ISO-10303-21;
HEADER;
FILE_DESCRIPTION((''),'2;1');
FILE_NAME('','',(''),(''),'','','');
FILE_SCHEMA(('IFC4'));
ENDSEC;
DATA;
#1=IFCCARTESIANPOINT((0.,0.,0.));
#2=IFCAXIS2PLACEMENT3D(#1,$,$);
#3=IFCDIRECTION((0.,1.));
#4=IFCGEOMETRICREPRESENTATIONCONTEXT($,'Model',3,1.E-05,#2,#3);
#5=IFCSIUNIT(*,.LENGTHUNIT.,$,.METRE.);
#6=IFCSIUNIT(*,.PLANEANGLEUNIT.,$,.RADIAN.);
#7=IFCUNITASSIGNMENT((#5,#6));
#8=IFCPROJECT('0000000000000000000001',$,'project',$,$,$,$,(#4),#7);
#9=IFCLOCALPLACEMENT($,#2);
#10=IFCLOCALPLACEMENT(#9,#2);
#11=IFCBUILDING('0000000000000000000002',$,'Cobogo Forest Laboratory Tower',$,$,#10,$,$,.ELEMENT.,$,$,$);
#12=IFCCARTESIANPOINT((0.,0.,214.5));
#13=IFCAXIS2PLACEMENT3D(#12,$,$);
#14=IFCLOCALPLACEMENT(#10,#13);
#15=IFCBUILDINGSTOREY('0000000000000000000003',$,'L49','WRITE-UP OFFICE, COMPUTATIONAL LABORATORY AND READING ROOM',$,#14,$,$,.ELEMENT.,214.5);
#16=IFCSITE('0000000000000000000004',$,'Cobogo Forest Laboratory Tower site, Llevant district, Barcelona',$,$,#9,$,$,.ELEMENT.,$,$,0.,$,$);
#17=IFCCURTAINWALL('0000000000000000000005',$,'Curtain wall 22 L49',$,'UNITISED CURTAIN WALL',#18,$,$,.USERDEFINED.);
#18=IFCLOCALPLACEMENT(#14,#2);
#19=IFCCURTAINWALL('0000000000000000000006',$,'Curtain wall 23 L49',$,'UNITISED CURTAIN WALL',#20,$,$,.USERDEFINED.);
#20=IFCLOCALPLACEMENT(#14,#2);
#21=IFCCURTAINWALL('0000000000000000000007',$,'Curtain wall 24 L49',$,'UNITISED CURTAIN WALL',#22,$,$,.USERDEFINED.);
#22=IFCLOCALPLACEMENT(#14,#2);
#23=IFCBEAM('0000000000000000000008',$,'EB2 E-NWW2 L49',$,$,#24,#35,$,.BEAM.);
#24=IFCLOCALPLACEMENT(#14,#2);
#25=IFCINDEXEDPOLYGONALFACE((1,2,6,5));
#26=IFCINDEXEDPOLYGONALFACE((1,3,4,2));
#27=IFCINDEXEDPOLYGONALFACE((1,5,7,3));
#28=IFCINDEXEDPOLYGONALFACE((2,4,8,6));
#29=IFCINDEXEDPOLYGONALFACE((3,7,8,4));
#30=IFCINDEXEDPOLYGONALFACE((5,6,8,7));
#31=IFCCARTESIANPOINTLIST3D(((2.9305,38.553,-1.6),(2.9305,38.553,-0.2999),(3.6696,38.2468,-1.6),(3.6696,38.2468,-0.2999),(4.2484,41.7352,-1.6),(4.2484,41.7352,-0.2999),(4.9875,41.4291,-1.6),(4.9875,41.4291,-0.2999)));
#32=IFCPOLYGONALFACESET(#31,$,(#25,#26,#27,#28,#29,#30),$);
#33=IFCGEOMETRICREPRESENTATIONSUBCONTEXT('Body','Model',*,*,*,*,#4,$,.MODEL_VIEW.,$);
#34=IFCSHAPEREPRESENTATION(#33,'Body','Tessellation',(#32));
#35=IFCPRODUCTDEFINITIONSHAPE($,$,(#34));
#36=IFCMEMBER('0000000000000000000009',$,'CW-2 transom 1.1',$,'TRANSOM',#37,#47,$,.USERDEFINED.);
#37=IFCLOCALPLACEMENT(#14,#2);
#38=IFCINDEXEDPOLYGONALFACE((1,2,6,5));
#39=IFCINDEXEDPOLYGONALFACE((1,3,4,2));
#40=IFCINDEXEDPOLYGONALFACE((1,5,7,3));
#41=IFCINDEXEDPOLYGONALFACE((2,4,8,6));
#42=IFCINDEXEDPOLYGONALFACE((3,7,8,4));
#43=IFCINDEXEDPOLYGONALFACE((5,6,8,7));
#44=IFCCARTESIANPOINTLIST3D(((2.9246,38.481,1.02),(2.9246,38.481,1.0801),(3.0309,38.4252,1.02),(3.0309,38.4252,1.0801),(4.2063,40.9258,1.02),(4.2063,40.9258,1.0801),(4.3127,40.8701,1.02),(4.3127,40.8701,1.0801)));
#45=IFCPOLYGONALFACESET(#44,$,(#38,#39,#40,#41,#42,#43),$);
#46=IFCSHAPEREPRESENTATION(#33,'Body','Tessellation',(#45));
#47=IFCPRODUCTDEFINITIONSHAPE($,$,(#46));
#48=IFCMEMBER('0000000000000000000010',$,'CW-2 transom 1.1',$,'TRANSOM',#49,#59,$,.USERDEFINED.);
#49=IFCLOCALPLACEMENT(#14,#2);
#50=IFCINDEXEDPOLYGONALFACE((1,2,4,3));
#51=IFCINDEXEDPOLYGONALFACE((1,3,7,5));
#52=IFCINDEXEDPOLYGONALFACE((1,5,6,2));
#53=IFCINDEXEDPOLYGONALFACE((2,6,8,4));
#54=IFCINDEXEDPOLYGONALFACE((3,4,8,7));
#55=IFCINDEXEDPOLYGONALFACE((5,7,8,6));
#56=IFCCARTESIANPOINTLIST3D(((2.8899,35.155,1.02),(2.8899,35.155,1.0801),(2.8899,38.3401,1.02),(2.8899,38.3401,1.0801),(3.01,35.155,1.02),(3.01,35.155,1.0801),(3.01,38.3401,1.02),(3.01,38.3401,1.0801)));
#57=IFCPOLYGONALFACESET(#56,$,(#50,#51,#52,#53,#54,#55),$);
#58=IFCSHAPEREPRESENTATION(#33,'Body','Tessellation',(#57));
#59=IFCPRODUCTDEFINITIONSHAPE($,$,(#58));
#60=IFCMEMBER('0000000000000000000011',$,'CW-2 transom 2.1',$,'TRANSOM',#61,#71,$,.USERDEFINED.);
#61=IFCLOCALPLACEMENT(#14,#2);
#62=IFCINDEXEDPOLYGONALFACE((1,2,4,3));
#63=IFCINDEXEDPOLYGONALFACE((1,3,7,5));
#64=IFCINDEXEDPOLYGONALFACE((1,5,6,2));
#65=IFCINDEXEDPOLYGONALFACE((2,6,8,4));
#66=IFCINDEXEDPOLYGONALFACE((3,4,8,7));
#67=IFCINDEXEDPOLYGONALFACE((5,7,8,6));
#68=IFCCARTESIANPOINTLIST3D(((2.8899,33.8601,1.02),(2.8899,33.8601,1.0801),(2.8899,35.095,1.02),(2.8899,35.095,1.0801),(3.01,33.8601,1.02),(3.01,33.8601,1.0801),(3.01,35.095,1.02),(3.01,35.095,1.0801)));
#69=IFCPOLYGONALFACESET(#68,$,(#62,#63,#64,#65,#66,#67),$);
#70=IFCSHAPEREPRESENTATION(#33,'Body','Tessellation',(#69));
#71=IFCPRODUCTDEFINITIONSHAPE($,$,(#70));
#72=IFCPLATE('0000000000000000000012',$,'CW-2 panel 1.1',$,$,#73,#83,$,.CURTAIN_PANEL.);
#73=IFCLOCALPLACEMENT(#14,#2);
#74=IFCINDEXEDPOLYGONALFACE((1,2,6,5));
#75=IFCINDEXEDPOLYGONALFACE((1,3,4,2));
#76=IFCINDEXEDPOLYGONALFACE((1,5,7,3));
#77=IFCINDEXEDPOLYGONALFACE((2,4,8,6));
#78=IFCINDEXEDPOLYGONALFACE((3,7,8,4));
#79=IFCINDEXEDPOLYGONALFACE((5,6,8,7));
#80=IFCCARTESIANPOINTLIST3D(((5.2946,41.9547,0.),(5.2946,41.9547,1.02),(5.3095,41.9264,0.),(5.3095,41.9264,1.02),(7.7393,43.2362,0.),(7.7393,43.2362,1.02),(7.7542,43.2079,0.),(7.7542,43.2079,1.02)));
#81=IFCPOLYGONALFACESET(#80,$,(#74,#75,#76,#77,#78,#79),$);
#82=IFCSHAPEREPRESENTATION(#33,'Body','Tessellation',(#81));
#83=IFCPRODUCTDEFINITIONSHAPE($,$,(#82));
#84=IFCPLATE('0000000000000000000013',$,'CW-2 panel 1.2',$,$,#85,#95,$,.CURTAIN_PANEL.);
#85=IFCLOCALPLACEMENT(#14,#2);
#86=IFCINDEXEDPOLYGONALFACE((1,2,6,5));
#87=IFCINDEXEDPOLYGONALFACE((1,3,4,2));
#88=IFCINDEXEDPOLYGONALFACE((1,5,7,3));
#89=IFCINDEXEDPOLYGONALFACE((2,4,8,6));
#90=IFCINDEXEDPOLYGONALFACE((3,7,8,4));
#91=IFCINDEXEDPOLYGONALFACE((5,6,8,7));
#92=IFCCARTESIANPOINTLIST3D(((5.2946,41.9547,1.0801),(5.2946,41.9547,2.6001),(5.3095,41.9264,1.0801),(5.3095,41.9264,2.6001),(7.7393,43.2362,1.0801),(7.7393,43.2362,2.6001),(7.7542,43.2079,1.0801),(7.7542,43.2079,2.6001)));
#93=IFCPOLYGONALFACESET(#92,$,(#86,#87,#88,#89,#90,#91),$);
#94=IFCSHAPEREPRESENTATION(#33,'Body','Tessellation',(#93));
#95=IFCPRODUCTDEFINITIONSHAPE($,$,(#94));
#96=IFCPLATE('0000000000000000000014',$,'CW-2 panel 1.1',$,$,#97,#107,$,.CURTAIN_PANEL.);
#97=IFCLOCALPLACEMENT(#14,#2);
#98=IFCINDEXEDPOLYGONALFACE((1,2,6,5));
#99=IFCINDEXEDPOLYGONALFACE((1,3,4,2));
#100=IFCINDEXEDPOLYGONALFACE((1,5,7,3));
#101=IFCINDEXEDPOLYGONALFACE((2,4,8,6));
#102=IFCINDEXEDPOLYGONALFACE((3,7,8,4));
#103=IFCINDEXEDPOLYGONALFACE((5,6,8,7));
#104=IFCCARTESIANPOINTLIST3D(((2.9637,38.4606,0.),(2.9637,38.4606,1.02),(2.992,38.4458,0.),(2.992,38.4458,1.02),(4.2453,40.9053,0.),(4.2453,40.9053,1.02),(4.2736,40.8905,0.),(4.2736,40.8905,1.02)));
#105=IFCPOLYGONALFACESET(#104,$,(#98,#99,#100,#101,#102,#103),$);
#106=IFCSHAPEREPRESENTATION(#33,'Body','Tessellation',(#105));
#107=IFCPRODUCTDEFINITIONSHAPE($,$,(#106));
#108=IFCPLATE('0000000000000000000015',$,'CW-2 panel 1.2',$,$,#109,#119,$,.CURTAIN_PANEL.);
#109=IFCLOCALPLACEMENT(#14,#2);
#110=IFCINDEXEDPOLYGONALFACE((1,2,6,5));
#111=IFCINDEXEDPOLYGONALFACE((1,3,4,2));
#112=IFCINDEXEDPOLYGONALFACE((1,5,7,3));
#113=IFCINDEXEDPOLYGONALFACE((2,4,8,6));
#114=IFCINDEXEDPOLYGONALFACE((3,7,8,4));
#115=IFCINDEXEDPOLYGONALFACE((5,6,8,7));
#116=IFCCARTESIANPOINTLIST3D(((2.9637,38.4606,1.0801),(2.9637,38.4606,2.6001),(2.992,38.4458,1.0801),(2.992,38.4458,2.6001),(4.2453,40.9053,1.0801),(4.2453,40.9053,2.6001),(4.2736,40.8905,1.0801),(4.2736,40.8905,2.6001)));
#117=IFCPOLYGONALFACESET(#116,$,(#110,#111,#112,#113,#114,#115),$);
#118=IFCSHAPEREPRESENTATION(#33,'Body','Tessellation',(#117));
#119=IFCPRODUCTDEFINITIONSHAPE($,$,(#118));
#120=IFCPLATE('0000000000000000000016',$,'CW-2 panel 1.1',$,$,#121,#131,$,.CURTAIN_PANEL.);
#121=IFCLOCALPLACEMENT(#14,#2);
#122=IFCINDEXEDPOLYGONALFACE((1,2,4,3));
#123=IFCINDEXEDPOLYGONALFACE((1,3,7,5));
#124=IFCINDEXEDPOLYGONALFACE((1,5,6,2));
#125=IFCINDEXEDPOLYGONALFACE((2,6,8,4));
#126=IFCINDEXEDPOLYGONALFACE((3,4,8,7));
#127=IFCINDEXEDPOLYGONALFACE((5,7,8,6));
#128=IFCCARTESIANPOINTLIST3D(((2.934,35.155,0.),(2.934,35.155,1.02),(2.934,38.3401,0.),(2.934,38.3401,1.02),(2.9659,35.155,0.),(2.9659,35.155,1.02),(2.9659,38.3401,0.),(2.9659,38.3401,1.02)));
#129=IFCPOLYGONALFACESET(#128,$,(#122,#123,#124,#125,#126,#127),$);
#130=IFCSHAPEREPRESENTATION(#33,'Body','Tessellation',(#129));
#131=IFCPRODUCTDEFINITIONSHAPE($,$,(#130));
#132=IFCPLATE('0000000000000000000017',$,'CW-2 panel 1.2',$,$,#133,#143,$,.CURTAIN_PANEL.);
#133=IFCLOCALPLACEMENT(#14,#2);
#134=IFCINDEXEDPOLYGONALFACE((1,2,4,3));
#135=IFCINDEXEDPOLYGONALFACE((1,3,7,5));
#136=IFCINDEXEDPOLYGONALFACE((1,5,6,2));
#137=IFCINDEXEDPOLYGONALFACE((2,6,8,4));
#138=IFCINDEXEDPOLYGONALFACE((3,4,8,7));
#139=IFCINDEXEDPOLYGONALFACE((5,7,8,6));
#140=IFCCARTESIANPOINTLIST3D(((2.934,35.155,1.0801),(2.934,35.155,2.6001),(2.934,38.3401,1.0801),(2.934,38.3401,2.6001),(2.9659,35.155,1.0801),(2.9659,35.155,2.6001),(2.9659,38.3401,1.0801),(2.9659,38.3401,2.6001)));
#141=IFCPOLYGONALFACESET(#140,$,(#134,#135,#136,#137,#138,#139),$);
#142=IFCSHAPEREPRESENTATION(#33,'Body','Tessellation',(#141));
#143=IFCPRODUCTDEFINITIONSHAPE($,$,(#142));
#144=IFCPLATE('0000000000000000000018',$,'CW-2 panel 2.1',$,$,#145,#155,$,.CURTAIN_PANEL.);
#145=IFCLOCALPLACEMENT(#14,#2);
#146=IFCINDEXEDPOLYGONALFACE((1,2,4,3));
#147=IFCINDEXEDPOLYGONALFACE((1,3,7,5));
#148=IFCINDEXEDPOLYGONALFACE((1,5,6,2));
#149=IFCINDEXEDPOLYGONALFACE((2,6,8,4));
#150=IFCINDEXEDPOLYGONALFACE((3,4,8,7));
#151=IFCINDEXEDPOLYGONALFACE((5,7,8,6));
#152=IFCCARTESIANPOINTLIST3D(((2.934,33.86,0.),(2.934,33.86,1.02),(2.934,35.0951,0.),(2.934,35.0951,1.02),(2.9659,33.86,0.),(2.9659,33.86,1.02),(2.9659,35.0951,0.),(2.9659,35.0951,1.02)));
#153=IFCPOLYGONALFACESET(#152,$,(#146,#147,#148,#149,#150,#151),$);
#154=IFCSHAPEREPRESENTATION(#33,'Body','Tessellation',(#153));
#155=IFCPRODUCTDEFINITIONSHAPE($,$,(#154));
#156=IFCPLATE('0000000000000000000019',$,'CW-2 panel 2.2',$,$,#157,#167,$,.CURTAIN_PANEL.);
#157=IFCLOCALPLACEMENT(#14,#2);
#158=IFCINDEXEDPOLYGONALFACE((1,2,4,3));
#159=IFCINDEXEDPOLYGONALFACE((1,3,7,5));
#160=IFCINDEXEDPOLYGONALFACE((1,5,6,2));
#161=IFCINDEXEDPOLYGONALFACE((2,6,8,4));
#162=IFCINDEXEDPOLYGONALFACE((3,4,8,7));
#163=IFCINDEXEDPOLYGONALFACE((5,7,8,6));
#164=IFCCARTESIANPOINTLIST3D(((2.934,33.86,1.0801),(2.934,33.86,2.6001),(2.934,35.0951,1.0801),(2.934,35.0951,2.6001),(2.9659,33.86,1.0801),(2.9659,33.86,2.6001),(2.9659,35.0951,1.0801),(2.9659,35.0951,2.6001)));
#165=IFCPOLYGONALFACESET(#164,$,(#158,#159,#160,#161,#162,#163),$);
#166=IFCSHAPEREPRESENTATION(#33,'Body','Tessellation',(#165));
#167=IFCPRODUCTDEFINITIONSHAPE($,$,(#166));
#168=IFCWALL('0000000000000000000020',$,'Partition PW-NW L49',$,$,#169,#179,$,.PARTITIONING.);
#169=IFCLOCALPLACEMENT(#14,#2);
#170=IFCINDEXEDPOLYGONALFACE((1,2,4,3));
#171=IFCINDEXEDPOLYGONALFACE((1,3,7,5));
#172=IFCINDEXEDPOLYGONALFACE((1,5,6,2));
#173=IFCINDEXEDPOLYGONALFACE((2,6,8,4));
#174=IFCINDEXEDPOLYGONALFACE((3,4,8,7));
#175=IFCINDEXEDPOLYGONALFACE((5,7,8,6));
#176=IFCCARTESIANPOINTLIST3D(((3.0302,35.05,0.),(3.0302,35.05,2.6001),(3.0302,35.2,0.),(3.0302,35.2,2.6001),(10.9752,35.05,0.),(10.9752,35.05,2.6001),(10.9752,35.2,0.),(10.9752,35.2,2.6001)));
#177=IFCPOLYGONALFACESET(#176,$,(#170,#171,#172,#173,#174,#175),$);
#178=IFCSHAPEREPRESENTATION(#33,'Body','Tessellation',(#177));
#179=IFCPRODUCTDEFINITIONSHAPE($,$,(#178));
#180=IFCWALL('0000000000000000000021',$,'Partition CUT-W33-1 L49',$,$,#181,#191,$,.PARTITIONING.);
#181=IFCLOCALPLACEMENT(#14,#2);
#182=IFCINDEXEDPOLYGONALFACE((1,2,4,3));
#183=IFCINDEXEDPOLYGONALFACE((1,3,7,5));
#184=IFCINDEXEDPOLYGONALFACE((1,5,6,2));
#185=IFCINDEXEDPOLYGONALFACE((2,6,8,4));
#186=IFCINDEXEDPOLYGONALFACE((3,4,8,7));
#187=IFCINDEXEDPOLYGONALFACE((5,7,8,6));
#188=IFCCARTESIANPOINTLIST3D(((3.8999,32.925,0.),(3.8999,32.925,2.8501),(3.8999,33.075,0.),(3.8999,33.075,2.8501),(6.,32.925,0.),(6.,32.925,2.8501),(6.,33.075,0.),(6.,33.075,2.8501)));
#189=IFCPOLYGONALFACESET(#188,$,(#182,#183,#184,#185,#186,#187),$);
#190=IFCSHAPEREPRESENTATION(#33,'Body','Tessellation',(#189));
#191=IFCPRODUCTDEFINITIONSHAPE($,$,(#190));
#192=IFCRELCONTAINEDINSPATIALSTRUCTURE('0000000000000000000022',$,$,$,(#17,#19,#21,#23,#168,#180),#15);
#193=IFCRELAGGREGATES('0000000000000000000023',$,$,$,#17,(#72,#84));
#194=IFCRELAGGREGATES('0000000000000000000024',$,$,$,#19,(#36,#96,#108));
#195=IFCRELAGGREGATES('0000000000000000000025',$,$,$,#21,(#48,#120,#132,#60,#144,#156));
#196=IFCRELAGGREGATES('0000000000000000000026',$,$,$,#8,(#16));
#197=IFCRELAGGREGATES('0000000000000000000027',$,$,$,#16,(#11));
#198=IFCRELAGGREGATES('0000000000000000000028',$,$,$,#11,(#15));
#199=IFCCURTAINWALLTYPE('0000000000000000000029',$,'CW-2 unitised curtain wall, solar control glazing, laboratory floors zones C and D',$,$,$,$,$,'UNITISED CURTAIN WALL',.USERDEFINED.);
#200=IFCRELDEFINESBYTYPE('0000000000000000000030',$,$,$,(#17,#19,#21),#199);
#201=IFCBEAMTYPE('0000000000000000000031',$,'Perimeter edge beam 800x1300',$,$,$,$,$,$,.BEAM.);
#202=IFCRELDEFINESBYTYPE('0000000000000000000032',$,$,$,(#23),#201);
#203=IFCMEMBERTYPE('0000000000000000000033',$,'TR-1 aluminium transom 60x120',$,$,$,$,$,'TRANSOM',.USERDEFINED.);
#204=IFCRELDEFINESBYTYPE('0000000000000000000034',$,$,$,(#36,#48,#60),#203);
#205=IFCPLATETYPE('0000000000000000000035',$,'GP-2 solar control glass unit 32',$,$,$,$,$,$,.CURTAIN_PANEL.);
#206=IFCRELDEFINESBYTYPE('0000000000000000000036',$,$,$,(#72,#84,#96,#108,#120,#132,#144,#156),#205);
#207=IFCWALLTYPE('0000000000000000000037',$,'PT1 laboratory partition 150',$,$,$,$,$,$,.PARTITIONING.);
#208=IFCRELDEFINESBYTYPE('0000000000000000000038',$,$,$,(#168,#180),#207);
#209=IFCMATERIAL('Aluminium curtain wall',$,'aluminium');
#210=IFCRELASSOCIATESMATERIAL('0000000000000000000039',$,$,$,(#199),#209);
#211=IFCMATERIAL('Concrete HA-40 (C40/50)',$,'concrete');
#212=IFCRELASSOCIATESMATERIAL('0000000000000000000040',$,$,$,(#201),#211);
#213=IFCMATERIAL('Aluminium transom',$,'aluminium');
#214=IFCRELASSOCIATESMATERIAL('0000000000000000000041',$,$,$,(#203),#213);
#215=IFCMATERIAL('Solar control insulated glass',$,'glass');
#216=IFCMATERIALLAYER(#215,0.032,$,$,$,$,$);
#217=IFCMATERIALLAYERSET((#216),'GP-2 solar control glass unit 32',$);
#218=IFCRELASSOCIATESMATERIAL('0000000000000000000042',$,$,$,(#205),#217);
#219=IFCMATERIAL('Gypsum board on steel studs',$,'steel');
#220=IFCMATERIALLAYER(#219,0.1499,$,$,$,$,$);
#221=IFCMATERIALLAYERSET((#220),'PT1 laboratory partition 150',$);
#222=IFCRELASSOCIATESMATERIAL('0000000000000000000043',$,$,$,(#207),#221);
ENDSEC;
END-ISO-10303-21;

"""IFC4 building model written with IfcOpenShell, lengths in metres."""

from ifc_helpers import new_model, si_unit, direction, frame, frame_2d, origin, origin_2d, place, context, subcontext, project, spatial, rectangle, extrude, material, layer, layer_set, material_profile, profile_set, type_object, element, aggregate, save


model = new_model("IFC4")

# Units and contexts
model_context = context("Model", 3, precision=1e-05, world=origin(), true_north=direction((0.0, 1.0)))
body_context = subcontext(model_context, "Body", "Model", "MODEL_VIEW")
ifc_project = project(units=[si_unit("LENGTHUNIT", "METRE"), si_unit("PLANEANGLEUNIT", "RADIAN")], contexts=[model_context])

# Site, building, storey
site_placement = place(None, origin())
site = spatial("IfcSite", under=ifc_project, at=site_placement, Name="Cobogo Forest Laboratory Tower site, Llevant district, Barcelona", CompositionType="ELEMENT", RefElevation=0.0)
building_placement = place(site_placement, origin())
building = spatial("IfcBuilding", under=site, at=building_placement, Name="Cobogo Forest Laboratory Tower", CompositionType="ELEMENT")
storey_placement = place(building_placement, frame((0.0, 0.0, 214.5)))
storey = spatial("IfcBuildingStorey", under=building, at=storey_placement, Name="L49", Description="WRITE-UP OFFICE, COMPUTATIONAL LABORATORY AND READING ROOM", CompositionType="ELEMENT", Elevation=214.5)

# Curtain wall
ifc_material_1 = material(Name="Aluminium curtain wall", Category="aluminium")
curtain_wall_type = type_object("IfcCurtainWallType", Name="CW-2 unitised curtain wall, solar control glazing, laboratory floors zones C and D", ElementType="UNITISED CURTAIN WALL", PredefinedType="USERDEFINED", material=ifc_material_1)
curtain_wall_1_placement = place(storey_placement, origin())
curtain_wall_1 = element("IfcCurtainWall", 1, at=curtain_wall_1_placement, inside=storey, type_object=curtain_wall_type, Name="Curtain wall 22 L49", ObjectType="UNITISED CURTAIN WALL", PredefinedType="USERDEFINED")

# Curtain walls
curtain_wall_2_placement = place(storey_placement, origin())
curtain_wall_2 = element("IfcCurtainWall", 2, at=curtain_wall_2_placement, inside=storey, type_object=curtain_wall_type, Name="Curtain wall 23 L49", ObjectType="UNITISED CURTAIN WALL", PredefinedType="USERDEFINED")
curtain_wall_3_placement = place(storey_placement, origin())
curtain_wall_3 = element("IfcCurtainWall", 3, at=curtain_wall_3_placement, inside=storey, type_object=curtain_wall_type, Name="Curtain wall 24 L49", ObjectType="UNITISED CURTAIN WALL", PredefinedType="USERDEFINED")

# Beam
ifc_material_2 = material(Name="Concrete HA-40 (C40/50)", Category="concrete")
ifc_material_profile_1 = material_profile(ifc_material_2, rectangle(XDim=0.8, YDim=1.3, at=origin_2d()), Name="RC 800x1300")
ifc_profile_set_1 = profile_set([ifc_material_profile_1], Name="Concrete HA-40 (C40/50)")
beam_type_1 = type_object("IfcBeamType", Name="Perimeter edge beam 800x1300", PredefinedType="BEAM", material=ifc_profile_set_1)
beam_1_placement = place(storey_placement, frame((3.3, 38.3999, -0.95), z_axis=(0.382631, 0.923901, 0.0), x_axis=(-0.923901, 0.382631, 0.0)))
element("IfcBeam", 4, at=beam_1_placement, inside=storey, type_object=beam_type_1, Name="EB2 E-NWW2 L49", PredefinedType="BEAM", context=body_context, shape_type="SweptSolid", body=[
    extrude(rectangle(XDim=0.8, YDim=1.3, at=origin_2d()), origin(), (0.0, 0.0, 1.0), 3.4443),
])

# Members
ifc_material_3 = material(Name="Aluminium transom", Category="aluminium")
ifc_material_profile_2 = material_profile(ifc_material_3, rectangle(XDim=0.1201, YDim=0.0601, at=origin_2d()), Name="AL 60x120")
ifc_profile_set_2 = profile_set([ifc_material_profile_2], Name="Aluminium transom")
member_type_1 = type_object("IfcMemberType", Name="TR-1 aluminium transom 60x120", ElementType="TRANSOM", PredefinedType="USERDEFINED", material=ifc_profile_set_2)
member_1_placement = place(storey_placement, frame((4.2595, 40.8979, 1.05), z_axis=(-0.464324, -0.885665, 0.0), x_axis=(0.885665, -0.464324, 0.0)))
member_1 = element("IfcMember", 5, at=member_1_placement, type_object=member_type_1, Name="CW-2 transom 1.1", ObjectType="TRANSOM", PredefinedType="USERDEFINED", context=body_context, shape_type="SweptSolid", body=[
    extrude(rectangle(XDim=0.1201, YDim=0.0601, at=origin_2d()), origin(), (0.0, 0.0, 1.0), 2.7605),
])
member_2_placement = place(storey_placement, frame((2.95, 38.3401, 1.05), z_axis=(0.0, -1.0, 0.0), x_axis=(1.0, 0.0, 0.0)))
member_2 = element("IfcMember", 6, at=member_2_placement, type_object=member_type_1, Name="CW-2 transom 1.1", ObjectType="TRANSOM", PredefinedType="USERDEFINED", context=body_context, shape_type="SweptSolid", body=[
    extrude(rectangle(XDim=0.1201, YDim=0.0601, at=origin_2d()), origin(), (0.0, 0.0, 1.0), 3.1851),
])
member_3_placement = place(storey_placement, frame((2.95, 35.095, 1.05), z_axis=(0.0, -1.0, 0.0), x_axis=(1.0, 0.0, 0.0)))
member_3 = element("IfcMember", 7, at=member_3_placement, type_object=member_type_1, Name="CW-2 transom 2.1", ObjectType="TRANSOM", PredefinedType="USERDEFINED", context=body_context, shape_type="SweptSolid", body=[
    extrude(rectangle(XDim=0.1201, YDim=0.0601, at=origin_2d()), origin(), (0.0, 0.0, 1.0), 1.2349),
])

# Plates
ifc_material_4 = material(Name="Solar control insulated glass", Category="glass")
ifc_layer_1 = layer(ifc_material_4, 0.032)
ifc_layer_set_1 = layer_set([ifc_layer_1], Name="GP-2 solar control glass unit 32")
plate_type = type_object("IfcPlateType", Name="GP-2 solar control glass unit 32", PredefinedType="CURTAIN_PANEL", material=ifc_layer_set_1)
plate_1_placement = place(storey_placement, frame((6.5244, 42.5813, 0.0), z_axis=(0.0, 0.0, 1.0), x_axis=(-0.885686, -0.464284, 0.0)))
plate_1 = element("IfcPlate", 8, at=plate_1_placement, type_object=plate_type, Name="CW-2 panel 1.1", PredefinedType="CURTAIN_PANEL", context=body_context, shape_type="SweptSolid", body=[
    extrude(rectangle(XDim=2.7603, YDim=0.032, at=origin_2d()), origin(), (0.0, 0.0, 1.0), 1.02),
])
plate_2_placement = place(storey_placement, frame((6.5244, 42.5813, 1.0801), z_axis=(0.0, 0.0, 1.0), x_axis=(-0.885686, -0.464284, 0.0)))
plate_2 = element("IfcPlate", 9, at=plate_2_placement, type_object=plate_type, Name="CW-2 panel 1.2", PredefinedType="CURTAIN_PANEL", context=body_context, shape_type="SweptSolid", body=[
    extrude(rectangle(XDim=2.7603, YDim=0.032, at=origin_2d()), origin(), (0.0, 0.0, 1.0), 1.52),
])
aggregate(curtain_wall_1, [plate_1, plate_2])
plate_3_placement = place(storey_placement, frame((3.6187, 39.6755, 0.0), z_axis=(0.0, 0.0, 1.0), x_axis=(-0.464284, -0.885686, 0.0)))
plate_3 = element("IfcPlate", 10, at=plate_3_placement, type_object=plate_type, Name="CW-2 panel 1.1", PredefinedType="CURTAIN_PANEL", context=body_context, shape_type="SweptSolid", body=[
    extrude(rectangle(XDim=2.7603, YDim=0.032, at=origin_2d()), origin(), (0.0, 0.0, 1.0), 1.02),
])
plate_4_placement = place(storey_placement, frame((3.6187, 39.6755, 1.0801), z_axis=(0.0, 0.0, 1.0), x_axis=(-0.464284, -0.885686, 0.0)))
plate_4 = element("IfcPlate", 11, at=plate_4_placement, type_object=plate_type, Name="CW-2 panel 1.2", PredefinedType="CURTAIN_PANEL", context=body_context, shape_type="SweptSolid", body=[
    extrude(rectangle(XDim=2.7603, YDim=0.032, at=origin_2d()), origin(), (0.0, 0.0, 1.0), 1.52),
])
aggregate(curtain_wall_2, [member_1, plate_3, plate_4])
plate_5_placement = place(storey_placement, frame((2.95, 36.7476, 0.0), z_axis=(0.0, 0.0, 1.0), x_axis=(0.0, -1.0, 0.0)))
plate_5 = element("IfcPlate", 12, at=plate_5_placement, type_object=plate_type, Name="CW-2 panel 1.1", PredefinedType="CURTAIN_PANEL", context=body_context, shape_type="SweptSolid", body=[
    extrude(rectangle(XDim=3.1851, YDim=0.032, at=origin_2d()), origin(), (0.0, 0.0, 1.0), 1.02),
])
plate_6_placement = place(storey_placement, frame((2.95, 36.7476, 1.0801), z_axis=(0.0, 0.0, 1.0), x_axis=(0.0, -1.0, 0.0)))
plate_6 = element("IfcPlate", 13, at=plate_6_placement, type_object=plate_type, Name="CW-2 panel 1.2", PredefinedType="CURTAIN_PANEL", context=body_context, shape_type="SweptSolid", body=[
    extrude(rectangle(XDim=3.1851, YDim=0.032, at=origin_2d()), origin(), (0.0, 0.0, 1.0), 1.52),
])
plate_7_placement = place(storey_placement, frame((2.95, 34.4775, 0.0), z_axis=(0.0, 0.0, 1.0), x_axis=(0.0, -1.0, 0.0)))
plate_7 = element("IfcPlate", 14, at=plate_7_placement, type_object=plate_type, Name="CW-2 panel 2.1", PredefinedType="CURTAIN_PANEL", context=body_context, shape_type="SweptSolid", body=[
    extrude(rectangle(XDim=1.2351, YDim=0.032, at=origin_2d()), origin(), (0.0, 0.0, 1.0), 1.02),
])
plate_8_placement = place(storey_placement, frame((2.95, 34.4775, 1.0801), z_axis=(0.0, 0.0, 1.0), x_axis=(0.0, -1.0, 0.0)))
plate_8 = element("IfcPlate", 15, at=plate_8_placement, type_object=plate_type, Name="CW-2 panel 2.2", PredefinedType="CURTAIN_PANEL", context=body_context, shape_type="SweptSolid", body=[
    extrude(rectangle(XDim=1.2351, YDim=0.032, at=origin_2d()), origin(), (0.0, 0.0, 1.0), 1.52),
])
aggregate(curtain_wall_3, [member_2, plate_5, plate_6, member_3, plate_7, plate_8])

# Walls
ifc_material_5 = material(Name="Gypsum board on steel studs", Category="steel")
ifc_layer_2 = layer(ifc_material_5, 0.1499)
ifc_layer_set_2 = layer_set([ifc_layer_2], Name="PT1 laboratory partition 150")
wall_type = type_object("IfcWallType", Name="PT1 laboratory partition 150", PredefinedType="PARTITIONING", material=ifc_layer_set_2)
wall_1_placement = place(storey_placement, frame((3.03, 35.125, 0.0), z_axis=(0.0, 0.0, 1.0), x_axis=(1.0, 0.0, 0.0)))
element("IfcWall", 16, at=wall_1_placement, inside=storey, type_object=wall_type, Name="Partition PW-NW L49", PredefinedType="PARTITIONING", context=body_context, shape_type="SweptSolid", body=[
    extrude(rectangle(XDim=7.9451, YDim=0.1499, at=frame_2d((3.9727, 0.0))), origin(), (0.0, 0.0, 1.0), 2.6001),
])
wall_2_placement = place(storey_placement, frame((3.8999, 33.0, 0.0), z_axis=(0.0, 0.0, 1.0), x_axis=(1.0, 0.0, 0.0)))
element("IfcWall", 17, at=wall_2_placement, inside=storey, type_object=wall_type, Name="Partition CUT-W33-1 L49", PredefinedType="PARTITIONING", context=body_context, shape_type="SweptSolid", body=[
    extrude(rectangle(XDim=2.1001, YDim=0.1499, at=frame_2d((1.05, 0.0))), origin(), (0.0, 0.0, 1.0), 2.8501),
])

save(model, "model.ifc")
